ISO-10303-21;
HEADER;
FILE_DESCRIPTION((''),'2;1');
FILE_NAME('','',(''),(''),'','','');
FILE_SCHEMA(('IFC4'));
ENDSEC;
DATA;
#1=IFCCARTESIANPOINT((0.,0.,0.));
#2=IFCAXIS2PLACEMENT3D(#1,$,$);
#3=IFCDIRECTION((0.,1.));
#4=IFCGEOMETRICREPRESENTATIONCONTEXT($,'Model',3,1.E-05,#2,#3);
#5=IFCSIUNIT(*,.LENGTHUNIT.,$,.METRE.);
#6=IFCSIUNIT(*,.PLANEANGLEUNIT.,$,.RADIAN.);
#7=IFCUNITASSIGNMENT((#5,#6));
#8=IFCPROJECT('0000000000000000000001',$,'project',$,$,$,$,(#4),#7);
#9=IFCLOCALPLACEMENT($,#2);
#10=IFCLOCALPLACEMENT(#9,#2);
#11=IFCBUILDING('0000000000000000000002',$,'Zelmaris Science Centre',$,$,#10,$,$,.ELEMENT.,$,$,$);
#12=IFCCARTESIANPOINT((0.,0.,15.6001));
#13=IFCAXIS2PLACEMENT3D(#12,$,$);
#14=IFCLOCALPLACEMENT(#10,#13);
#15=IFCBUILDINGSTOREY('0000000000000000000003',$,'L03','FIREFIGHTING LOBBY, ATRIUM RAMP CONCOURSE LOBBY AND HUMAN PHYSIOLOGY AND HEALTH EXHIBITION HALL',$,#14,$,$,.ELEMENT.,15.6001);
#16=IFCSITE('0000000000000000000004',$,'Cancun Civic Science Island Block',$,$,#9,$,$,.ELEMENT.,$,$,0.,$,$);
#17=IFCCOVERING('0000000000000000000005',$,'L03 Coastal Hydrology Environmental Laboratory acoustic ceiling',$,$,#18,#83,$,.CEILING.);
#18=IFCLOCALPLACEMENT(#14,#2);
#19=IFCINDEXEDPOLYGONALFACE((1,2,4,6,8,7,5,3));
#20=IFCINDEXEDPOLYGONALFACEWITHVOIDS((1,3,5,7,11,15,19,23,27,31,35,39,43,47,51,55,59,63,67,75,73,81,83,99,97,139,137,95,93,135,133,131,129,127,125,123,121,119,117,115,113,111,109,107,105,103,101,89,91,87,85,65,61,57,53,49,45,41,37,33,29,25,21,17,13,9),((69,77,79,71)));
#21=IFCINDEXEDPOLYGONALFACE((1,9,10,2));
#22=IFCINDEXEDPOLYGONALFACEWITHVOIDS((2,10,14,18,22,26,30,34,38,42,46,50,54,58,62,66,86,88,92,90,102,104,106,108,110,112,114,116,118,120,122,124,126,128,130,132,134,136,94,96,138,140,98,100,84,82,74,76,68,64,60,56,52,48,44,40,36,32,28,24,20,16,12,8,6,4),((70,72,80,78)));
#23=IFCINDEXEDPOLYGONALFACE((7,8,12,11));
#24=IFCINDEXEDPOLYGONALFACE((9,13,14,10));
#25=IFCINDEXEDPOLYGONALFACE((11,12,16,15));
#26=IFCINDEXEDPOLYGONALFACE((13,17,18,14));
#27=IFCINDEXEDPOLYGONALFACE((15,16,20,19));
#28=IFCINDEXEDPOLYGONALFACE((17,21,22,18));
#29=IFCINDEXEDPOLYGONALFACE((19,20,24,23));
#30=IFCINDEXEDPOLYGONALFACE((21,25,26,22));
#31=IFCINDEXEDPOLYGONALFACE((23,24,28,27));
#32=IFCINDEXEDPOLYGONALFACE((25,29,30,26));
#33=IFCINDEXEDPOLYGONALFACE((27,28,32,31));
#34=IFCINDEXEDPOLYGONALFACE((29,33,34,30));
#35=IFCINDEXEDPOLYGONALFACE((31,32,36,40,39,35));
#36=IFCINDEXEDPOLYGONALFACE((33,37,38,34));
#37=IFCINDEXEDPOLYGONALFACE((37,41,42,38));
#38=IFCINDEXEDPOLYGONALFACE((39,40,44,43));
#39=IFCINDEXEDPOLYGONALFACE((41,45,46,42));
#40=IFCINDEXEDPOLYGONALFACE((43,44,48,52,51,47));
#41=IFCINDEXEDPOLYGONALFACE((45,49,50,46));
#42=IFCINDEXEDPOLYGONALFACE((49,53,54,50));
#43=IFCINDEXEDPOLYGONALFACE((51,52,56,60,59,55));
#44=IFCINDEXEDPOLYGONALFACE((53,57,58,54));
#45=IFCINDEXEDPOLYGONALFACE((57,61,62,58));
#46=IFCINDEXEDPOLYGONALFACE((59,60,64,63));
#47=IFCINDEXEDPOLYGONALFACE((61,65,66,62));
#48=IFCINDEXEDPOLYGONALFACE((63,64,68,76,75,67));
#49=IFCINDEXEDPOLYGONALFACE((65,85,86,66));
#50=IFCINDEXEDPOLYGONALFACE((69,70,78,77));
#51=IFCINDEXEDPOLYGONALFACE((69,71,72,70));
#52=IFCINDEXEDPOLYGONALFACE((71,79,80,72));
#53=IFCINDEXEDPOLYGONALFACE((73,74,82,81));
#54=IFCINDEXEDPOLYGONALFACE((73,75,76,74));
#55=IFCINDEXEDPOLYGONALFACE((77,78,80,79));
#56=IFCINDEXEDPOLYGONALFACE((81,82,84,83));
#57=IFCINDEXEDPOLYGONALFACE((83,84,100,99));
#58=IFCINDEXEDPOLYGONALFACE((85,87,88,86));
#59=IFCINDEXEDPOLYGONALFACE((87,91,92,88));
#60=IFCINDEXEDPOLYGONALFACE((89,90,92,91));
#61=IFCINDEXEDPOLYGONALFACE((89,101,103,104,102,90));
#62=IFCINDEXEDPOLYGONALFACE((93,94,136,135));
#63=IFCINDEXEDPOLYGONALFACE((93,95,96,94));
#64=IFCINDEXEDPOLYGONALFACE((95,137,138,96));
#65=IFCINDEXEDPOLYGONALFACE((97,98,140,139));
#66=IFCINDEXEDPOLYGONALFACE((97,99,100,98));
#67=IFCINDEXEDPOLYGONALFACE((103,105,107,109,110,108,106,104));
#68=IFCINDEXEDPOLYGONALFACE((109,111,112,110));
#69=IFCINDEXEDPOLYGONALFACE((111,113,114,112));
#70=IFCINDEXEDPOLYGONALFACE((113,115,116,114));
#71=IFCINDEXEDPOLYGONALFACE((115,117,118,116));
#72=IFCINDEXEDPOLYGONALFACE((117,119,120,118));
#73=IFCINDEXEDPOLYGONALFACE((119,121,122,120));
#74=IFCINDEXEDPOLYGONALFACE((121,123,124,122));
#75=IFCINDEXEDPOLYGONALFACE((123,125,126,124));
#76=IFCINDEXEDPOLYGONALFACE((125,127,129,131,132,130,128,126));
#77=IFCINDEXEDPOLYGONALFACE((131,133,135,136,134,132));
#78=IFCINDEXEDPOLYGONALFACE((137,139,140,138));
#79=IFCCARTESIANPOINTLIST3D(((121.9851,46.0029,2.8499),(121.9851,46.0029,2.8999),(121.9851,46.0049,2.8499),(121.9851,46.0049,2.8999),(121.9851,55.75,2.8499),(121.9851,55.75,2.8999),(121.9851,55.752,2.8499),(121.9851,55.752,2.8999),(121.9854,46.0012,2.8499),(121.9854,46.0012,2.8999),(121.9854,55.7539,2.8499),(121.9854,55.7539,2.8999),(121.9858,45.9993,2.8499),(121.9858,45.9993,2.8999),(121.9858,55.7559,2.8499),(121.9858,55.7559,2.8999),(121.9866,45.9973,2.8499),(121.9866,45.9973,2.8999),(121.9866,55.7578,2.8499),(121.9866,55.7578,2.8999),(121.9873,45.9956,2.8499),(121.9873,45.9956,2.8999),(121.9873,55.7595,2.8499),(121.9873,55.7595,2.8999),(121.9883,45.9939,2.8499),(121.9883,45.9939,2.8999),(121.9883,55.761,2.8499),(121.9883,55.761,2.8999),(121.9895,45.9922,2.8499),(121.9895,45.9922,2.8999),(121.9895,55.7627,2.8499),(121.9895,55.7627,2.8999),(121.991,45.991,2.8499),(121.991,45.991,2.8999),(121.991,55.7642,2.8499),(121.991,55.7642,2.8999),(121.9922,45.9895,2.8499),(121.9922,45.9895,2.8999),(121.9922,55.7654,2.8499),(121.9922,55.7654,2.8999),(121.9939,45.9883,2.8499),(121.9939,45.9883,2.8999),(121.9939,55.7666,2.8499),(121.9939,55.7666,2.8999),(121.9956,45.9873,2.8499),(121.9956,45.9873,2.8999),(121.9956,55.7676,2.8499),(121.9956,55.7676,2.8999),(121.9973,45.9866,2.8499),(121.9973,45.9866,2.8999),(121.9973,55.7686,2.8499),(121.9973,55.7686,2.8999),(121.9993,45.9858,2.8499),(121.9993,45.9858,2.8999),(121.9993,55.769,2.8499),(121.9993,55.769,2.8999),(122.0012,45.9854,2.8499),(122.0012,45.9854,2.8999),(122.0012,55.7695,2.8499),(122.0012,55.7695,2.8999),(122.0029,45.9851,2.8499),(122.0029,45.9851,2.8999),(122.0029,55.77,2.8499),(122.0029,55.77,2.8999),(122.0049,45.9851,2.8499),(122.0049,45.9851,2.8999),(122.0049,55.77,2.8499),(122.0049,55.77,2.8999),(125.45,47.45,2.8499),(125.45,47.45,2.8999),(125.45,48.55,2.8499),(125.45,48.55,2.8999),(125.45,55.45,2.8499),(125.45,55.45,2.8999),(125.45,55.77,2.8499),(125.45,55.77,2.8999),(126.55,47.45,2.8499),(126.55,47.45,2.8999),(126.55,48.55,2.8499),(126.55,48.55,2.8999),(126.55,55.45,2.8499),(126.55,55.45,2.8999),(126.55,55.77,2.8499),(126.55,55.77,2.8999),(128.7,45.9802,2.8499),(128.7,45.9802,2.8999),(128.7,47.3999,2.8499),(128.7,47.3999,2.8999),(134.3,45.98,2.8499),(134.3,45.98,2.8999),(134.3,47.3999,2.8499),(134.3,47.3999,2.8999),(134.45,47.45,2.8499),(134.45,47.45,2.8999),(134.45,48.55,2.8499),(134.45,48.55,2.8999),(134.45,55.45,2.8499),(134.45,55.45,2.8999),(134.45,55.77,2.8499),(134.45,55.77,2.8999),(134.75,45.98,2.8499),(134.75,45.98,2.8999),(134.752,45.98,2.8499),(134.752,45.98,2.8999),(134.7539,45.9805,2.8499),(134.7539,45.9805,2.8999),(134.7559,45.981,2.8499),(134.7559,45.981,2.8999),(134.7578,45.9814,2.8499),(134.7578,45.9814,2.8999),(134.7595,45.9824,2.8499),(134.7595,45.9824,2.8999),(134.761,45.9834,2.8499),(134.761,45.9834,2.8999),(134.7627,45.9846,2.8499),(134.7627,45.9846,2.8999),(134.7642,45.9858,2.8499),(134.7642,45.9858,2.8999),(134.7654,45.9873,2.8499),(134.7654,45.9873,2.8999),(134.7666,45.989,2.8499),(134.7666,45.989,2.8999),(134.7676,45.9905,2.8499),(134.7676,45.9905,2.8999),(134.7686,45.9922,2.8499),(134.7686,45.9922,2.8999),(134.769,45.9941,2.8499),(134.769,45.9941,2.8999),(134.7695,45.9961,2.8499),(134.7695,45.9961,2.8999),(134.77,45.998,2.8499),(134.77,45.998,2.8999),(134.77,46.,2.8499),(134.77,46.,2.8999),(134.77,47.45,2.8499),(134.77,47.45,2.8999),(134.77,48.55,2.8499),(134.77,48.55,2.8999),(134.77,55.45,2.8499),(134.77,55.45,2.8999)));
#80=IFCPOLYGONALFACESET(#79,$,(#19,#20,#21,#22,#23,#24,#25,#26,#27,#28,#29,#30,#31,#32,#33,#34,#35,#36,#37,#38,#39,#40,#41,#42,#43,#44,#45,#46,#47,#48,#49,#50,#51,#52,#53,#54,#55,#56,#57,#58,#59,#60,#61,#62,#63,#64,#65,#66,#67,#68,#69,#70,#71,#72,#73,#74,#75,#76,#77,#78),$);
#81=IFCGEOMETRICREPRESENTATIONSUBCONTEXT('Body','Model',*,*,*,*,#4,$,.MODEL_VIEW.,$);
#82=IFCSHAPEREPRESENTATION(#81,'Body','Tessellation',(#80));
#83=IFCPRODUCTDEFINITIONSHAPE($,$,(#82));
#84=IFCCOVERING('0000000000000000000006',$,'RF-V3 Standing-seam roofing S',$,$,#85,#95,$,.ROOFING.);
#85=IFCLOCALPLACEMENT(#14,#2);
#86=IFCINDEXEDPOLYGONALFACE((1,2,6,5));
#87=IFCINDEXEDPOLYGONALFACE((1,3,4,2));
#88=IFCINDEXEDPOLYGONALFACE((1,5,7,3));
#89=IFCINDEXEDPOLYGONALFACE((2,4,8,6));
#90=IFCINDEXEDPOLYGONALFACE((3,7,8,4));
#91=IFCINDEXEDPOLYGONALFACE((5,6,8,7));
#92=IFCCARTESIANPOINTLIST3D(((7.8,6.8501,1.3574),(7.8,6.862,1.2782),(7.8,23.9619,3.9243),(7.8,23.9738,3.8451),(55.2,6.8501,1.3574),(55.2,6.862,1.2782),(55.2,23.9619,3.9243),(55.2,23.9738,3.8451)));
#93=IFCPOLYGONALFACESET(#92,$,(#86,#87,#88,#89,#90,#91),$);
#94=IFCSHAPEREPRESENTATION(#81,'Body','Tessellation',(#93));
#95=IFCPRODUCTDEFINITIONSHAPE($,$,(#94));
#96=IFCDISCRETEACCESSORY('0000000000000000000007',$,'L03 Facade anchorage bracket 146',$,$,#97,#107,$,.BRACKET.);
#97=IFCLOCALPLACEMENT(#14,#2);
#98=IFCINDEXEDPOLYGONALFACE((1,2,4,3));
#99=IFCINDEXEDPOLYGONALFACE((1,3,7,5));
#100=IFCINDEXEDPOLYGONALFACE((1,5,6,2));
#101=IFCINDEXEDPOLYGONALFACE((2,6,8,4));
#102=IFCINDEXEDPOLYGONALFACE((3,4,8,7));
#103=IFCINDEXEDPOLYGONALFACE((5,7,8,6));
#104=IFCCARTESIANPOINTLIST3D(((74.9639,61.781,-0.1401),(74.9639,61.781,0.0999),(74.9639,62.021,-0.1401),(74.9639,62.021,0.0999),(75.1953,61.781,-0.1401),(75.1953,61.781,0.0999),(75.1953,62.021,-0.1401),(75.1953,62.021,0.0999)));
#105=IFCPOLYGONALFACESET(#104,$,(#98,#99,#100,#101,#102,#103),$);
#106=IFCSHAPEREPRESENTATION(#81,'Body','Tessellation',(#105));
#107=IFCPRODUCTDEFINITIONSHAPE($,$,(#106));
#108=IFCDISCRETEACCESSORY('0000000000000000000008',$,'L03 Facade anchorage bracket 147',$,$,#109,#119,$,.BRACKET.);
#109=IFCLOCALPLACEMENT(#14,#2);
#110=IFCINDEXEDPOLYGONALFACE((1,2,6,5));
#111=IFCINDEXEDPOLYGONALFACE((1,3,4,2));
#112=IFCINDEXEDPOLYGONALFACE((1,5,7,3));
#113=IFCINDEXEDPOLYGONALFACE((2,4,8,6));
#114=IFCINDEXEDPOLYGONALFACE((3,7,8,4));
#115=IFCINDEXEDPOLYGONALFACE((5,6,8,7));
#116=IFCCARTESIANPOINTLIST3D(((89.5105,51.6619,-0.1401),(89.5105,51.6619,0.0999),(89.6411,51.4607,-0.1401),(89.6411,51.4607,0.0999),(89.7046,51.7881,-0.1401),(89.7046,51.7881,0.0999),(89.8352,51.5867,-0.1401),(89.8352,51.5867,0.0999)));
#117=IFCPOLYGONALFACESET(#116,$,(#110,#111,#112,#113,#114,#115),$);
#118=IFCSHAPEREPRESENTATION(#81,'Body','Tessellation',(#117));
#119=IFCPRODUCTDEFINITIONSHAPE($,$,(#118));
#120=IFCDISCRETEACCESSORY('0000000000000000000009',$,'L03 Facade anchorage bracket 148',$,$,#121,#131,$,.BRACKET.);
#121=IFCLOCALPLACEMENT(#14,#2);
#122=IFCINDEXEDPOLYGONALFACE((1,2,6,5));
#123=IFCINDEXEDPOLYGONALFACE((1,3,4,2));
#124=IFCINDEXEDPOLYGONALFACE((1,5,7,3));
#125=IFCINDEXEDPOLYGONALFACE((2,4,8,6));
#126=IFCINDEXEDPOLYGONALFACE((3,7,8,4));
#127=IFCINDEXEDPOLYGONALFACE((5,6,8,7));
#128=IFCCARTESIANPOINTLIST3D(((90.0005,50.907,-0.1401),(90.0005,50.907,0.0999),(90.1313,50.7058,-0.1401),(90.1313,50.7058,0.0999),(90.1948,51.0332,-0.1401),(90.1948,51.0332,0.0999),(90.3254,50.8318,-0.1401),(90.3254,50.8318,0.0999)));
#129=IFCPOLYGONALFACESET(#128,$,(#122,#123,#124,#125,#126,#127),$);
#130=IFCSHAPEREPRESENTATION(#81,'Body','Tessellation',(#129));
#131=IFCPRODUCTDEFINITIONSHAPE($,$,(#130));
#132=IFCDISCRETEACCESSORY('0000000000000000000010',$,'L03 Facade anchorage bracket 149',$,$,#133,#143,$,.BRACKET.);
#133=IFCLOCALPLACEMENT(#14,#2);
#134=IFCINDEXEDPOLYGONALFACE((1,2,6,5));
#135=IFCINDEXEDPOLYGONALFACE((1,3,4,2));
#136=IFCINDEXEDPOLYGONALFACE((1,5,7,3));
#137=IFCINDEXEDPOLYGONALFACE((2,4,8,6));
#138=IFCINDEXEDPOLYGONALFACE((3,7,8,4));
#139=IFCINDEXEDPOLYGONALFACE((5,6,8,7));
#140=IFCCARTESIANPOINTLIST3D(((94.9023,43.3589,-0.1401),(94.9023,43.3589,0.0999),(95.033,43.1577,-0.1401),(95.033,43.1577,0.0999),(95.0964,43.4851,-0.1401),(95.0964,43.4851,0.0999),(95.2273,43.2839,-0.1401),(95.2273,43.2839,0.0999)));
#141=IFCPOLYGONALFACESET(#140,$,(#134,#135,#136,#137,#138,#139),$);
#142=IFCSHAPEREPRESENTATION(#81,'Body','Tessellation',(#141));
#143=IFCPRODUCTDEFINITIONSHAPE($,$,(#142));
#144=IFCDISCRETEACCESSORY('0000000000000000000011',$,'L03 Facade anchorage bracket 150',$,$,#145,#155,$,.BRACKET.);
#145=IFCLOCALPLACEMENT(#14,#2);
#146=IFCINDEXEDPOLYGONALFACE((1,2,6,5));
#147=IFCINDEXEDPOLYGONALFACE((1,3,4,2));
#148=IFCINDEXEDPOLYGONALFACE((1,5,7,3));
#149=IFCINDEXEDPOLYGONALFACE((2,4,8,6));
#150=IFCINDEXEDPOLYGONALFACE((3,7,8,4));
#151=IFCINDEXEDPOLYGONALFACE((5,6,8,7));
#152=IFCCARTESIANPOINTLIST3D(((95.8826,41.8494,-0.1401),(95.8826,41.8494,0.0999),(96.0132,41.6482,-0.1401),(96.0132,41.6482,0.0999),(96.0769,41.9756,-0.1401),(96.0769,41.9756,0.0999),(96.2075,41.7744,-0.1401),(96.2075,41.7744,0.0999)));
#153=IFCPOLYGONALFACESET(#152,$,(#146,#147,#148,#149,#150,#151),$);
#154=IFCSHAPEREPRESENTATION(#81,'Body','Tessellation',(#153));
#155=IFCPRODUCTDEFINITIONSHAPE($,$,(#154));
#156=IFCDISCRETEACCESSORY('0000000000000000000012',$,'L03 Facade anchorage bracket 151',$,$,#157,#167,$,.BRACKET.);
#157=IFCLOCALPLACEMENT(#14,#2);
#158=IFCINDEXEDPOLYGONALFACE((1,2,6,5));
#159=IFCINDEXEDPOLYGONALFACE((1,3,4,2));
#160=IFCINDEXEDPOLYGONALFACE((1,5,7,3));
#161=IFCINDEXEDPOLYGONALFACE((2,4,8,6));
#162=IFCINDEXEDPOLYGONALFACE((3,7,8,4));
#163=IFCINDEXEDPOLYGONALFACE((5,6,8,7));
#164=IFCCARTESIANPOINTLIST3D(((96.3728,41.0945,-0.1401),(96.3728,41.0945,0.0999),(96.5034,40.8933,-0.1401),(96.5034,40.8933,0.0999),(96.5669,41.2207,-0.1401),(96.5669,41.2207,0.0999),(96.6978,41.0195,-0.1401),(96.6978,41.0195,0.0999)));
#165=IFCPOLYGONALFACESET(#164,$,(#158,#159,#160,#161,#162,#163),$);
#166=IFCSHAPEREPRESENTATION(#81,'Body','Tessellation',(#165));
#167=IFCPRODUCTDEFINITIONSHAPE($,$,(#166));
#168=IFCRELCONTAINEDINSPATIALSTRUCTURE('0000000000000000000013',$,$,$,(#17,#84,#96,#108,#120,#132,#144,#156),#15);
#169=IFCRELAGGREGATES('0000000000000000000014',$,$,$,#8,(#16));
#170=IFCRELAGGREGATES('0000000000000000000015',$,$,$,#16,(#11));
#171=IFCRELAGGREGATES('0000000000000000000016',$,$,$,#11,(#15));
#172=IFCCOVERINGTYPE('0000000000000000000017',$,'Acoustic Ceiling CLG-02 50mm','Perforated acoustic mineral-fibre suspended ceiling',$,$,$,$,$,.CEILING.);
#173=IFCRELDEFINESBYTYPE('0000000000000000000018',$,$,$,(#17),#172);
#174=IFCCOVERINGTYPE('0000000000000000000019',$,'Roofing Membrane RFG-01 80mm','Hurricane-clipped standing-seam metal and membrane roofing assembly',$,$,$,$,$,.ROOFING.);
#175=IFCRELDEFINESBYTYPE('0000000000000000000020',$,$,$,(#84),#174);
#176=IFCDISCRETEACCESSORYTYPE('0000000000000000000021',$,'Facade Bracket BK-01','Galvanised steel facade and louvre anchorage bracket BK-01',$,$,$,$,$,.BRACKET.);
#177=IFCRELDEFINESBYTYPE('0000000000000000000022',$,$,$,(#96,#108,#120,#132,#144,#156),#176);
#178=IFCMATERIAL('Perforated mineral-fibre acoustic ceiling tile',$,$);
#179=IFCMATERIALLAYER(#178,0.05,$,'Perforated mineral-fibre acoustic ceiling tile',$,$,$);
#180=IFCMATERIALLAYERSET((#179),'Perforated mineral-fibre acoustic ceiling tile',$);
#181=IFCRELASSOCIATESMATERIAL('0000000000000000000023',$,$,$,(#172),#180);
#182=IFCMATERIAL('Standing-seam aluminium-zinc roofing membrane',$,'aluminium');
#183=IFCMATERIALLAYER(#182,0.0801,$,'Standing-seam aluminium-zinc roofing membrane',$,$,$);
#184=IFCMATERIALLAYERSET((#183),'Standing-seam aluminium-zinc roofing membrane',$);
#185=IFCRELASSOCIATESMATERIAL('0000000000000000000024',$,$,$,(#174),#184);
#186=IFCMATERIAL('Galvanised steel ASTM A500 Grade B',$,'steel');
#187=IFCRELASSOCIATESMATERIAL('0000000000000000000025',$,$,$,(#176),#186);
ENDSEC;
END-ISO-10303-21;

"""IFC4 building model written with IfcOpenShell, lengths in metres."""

from ifc_helpers import new_model, si_unit, direction, frame, origin, place, context, subcontext, project, spatial, polyline, outline, extrude, material, layer, layer_set, type_object, element, save


model = new_model("IFC4")

# Units and contexts
model_context = context("Model", 3, precision=1e-05, world=origin(), true_north=direction((0.0, 1.0)))
body_context = subcontext(model_context, "Body", "Model", "MODEL_VIEW")
ifc_project = project(units=[si_unit("LENGTHUNIT", "METRE"), si_unit("PLANEANGLEUNIT", "RADIAN")], contexts=[model_context])

# Site, building, storey
site_placement = place(None, origin())
site = spatial("IfcSite", under=ifc_project, at=site_placement, Name="Cancun Civic Science Island Block", CompositionType="ELEMENT", RefElevation=0.0)
building_placement = place(site_placement, origin())
building = spatial("IfcBuilding", under=site, at=building_placement, Name="Zelmaris Science Centre", CompositionType="ELEMENT")
storey_placement = place(building_placement, frame((0.0, 0.0, 15.6001)))
storey = spatial("IfcBuildingStorey", under=building, at=storey_placement, Name="L03", Description="FIREFIGHTING LOBBY, ATRIUM RAMP CONCOURSE LOBBY AND HUMAN PHYSIOLOGY AND HEALTH EXHIBITION HALL", CompositionType="ELEMENT", Elevation=15.6001)

# Coverings
ifc_material_1 = material(Name="Perforated mineral-fibre acoustic ceiling tile")
ifc_layer_1 = layer(ifc_material_1, 0.05, Name="Perforated mineral-fibre acoustic ceiling tile")
ifc_layer_set_1 = layer_set([ifc_layer_1], Name="Perforated mineral-fibre acoustic ceiling tile")
covering_type_1 = type_object("IfcCoveringType", Name="Acoustic Ceiling CLG-02 50mm", Description="Perforated acoustic mineral-fibre suspended ceiling", PredefinedType="CEILING", material=ifc_layer_set_1)
covering_1_placement = place(storey_placement, frame((0.0, 0.0, 2.8499)))
element("IfcCovering", 1, at=covering_1_placement, inside=storey, type_object=covering_type_1, Name="L03 Coastal Hydrology Environmental Laboratory acoustic ceiling", PredefinedType="CEILING", context=body_context, shape_type="SweptSolid", body=[
    extrude(outline(polyline([(122.0049, 45.9851), (122.0029, 45.9851), (122.0012, 45.9854), (121.9993, 45.9858), (121.9973, 45.9866), (121.9956, 45.9873), (121.9939, 45.9883), (121.9922, 45.9895), (121.991, 45.991), (121.9895, 45.9922), (121.9883, 45.9939), (121.9873, 45.9956), (121.9866, 45.9973), (121.9858, 45.9993), (121.9854, 46.0012), (121.9851, 46.0029), (121.9851, 46.0049), (121.9851, 55.75), (121.9851, 55.752), (121.9854, 55.7539), (121.9858, 55.7559), (121.9866, 55.7578), (121.9873, 55.7595), (121.9883, 55.761), (121.9895, 55.7627), (121.991, 55.7642), (121.9922, 55.7654), (121.9939, 55.7666), (121.9956, 55.7676), (121.9973, 55.7686), (121.9993, 55.769), (122.0012, 55.7695), (122.0029, 55.77), (122.0049, 55.77), (125.45, 55.77), (125.45, 55.45), (126.55, 55.45), (126.55, 55.77), (134.45, 55.77), (134.45, 55.45), (134.77, 55.45), (134.77, 48.55), (134.45, 48.55), (134.45, 47.45), (134.77, 47.45), (134.77, 46.0), (134.77, 45.998), (134.7695, 45.9961), (134.769, 45.9941), (134.7686, 45.9922), (134.7676, 45.9905), (134.7666, 45.989), (134.7654, 45.9873), (134.7642, 45.9858), (134.7627, 45.9846), (134.761, 45.9834), (134.7595, 45.9824), (134.7578, 45.9814), (134.7559, 45.981), (134.7539, 45.9805), (134.752, 45.98), (134.75, 45.98), (134.3, 45.98), (134.3, 47.3999), (128.7, 47.3999), (128.7, 45.9802), (122.0049, 45.9851)]), holes=[polyline([(126.55, 48.55), (125.45, 48.55), (125.45, 47.45), (126.55, 47.45), (126.55, 48.55)])]), origin(), (0.0, 0.0, 1.0), 0.05),
])
ifc_material_2 = material(Name="Standing-seam aluminium-zinc roofing membrane", Category="aluminium")
ifc_layer_2 = layer(ifc_material_2, 0.0801, Name="Standing-seam aluminium-zinc roofing membrane")
ifc_layer_set_2 = layer_set([ifc_layer_2], Name="Standing-seam aluminium-zinc roofing membrane")
covering_type_2 = type_object("IfcCoveringType", Name="Roofing Membrane RFG-01 80mm", Description="Hurricane-clipped standing-seam metal and membrane roofing assembly", PredefinedType="ROOFING", material=ifc_layer_set_2)
covering_2_placement = place(storey_placement, frame((7.8, 6.8501, 1.3574), z_axis=(0.0, -0.148347, 0.988935), x_axis=(1.0, 0.0, 0.0)))
element("IfcCovering", 2, at=covering_2_placement, inside=storey, type_object=covering_type_2, Name="RF-V3 Standing-seam roofing S", PredefinedType="ROOFING", context=body_context, shape_type="SweptSolid", body=[
    extrude(outline(polyline([(0.0, 0.0), (47.3999, 0.0), (47.3999, 17.3033), (0.0, 17.3033), (0.0, 0.0)])), origin(), (0.0, 0.0, -1.0), 0.0801),
])

# Discrete accessories
ifc_material_3 = material(Name="Galvanised steel ASTM A500 Grade B", Category="steel")
discrete_accessory_type = type_object("IfcDiscreteAccessoryType", Name="Facade Bracket BK-01", Description="Galvanised steel facade and louvre anchorage bracket BK-01", PredefinedType="BRACKET", material=ifc_material_3)
discrete_accessory_1_placement = place(storey_placement, frame((0.0, 0.0, -0.1401)))
element("IfcDiscreteAccessory", 3, at=discrete_accessory_1_placement, inside=storey, type_object=discrete_accessory_type, Name="L03 Facade anchorage bracket 146", PredefinedType="BRACKET", context=body_context, shape_type="SweptSolid", body=[
    extrude(outline(polyline([(75.1953, 61.781), (75.1953, 62.021), (74.9639, 62.021), (74.9639, 61.781), (75.1953, 61.781)])), origin(), (0.0, 0.0, 1.0), 0.24),
])
discrete_accessory_2_placement = place(storey_placement, frame((0.0, 0.0, -0.1401)))
element("IfcDiscreteAccessory", 4, at=discrete_accessory_2_placement, inside=storey, type_object=discrete_accessory_type, Name="L03 Facade anchorage bracket 147", PredefinedType="BRACKET", context=body_context, shape_type="SweptSolid", body=[
    extrude(outline(polyline([(89.5105, 51.6619), (89.6411, 51.4607), (89.8352, 51.5867), (89.7046, 51.7881), (89.5105, 51.6619)])), origin(), (0.0, 0.0, 1.0), 0.24),
])
discrete_accessory_3_placement = place(storey_placement, frame((0.0, 0.0, -0.1401)))
element("IfcDiscreteAccessory", 5, at=discrete_accessory_3_placement, inside=storey, type_object=discrete_accessory_type, Name="L03 Facade anchorage bracket 148", PredefinedType="BRACKET", context=body_context, shape_type="SweptSolid", body=[
    extrude(outline(polyline([(90.0005, 50.907), (90.1313, 50.7058), (90.3254, 50.8318), (90.1948, 51.0332), (90.0005, 50.907)])), origin(), (0.0, 0.0, 1.0), 0.24),
])
discrete_accessory_4_placement = place(storey_placement, frame((0.0, 0.0, -0.1401)))
element("IfcDiscreteAccessory", 6, at=discrete_accessory_4_placement, inside=storey, type_object=discrete_accessory_type, Name="L03 Facade anchorage bracket 149", PredefinedType="BRACKET", context=body_context, shape_type="SweptSolid", body=[
    extrude(outline(polyline([(94.9023, 43.3589), (95.033, 43.1577), (95.2273, 43.2839), (95.0964, 43.4851), (94.9023, 43.3589)])), origin(), (0.0, 0.0, 1.0), 0.24),
])
discrete_accessory_5_placement = place(storey_placement, frame((0.0, 0.0, -0.1401)))
element("IfcDiscreteAccessory", 7, at=discrete_accessory_5_placement, inside=storey, type_object=discrete_accessory_type, Name="L03 Facade anchorage bracket 150", PredefinedType="BRACKET", context=body_context, shape_type="SweptSolid", body=[
    extrude(outline(polyline([(95.8826, 41.8494), (96.0132, 41.6482), (96.2075, 41.7744), (96.0769, 41.9756), (95.8826, 41.8494)])), origin(), (0.0, 0.0, 1.0), 0.24),
])
discrete_accessory_6_placement = place(storey_placement, frame((0.0, 0.0, -0.1401)))
element("IfcDiscreteAccessory", 8, at=discrete_accessory_6_placement, inside=storey, type_object=discrete_accessory_type, Name="L03 Facade anchorage bracket 151", PredefinedType="BRACKET", context=body_context, shape_type="SweptSolid", body=[
    extrude(outline(polyline([(96.3728, 41.0945), (96.5034, 40.8933), (96.6978, 41.0195), (96.5669, 41.2207), (96.3728, 41.0945)])), origin(), (0.0, 0.0, 1.0), 0.24),
])

save(model, "model.ifc")
